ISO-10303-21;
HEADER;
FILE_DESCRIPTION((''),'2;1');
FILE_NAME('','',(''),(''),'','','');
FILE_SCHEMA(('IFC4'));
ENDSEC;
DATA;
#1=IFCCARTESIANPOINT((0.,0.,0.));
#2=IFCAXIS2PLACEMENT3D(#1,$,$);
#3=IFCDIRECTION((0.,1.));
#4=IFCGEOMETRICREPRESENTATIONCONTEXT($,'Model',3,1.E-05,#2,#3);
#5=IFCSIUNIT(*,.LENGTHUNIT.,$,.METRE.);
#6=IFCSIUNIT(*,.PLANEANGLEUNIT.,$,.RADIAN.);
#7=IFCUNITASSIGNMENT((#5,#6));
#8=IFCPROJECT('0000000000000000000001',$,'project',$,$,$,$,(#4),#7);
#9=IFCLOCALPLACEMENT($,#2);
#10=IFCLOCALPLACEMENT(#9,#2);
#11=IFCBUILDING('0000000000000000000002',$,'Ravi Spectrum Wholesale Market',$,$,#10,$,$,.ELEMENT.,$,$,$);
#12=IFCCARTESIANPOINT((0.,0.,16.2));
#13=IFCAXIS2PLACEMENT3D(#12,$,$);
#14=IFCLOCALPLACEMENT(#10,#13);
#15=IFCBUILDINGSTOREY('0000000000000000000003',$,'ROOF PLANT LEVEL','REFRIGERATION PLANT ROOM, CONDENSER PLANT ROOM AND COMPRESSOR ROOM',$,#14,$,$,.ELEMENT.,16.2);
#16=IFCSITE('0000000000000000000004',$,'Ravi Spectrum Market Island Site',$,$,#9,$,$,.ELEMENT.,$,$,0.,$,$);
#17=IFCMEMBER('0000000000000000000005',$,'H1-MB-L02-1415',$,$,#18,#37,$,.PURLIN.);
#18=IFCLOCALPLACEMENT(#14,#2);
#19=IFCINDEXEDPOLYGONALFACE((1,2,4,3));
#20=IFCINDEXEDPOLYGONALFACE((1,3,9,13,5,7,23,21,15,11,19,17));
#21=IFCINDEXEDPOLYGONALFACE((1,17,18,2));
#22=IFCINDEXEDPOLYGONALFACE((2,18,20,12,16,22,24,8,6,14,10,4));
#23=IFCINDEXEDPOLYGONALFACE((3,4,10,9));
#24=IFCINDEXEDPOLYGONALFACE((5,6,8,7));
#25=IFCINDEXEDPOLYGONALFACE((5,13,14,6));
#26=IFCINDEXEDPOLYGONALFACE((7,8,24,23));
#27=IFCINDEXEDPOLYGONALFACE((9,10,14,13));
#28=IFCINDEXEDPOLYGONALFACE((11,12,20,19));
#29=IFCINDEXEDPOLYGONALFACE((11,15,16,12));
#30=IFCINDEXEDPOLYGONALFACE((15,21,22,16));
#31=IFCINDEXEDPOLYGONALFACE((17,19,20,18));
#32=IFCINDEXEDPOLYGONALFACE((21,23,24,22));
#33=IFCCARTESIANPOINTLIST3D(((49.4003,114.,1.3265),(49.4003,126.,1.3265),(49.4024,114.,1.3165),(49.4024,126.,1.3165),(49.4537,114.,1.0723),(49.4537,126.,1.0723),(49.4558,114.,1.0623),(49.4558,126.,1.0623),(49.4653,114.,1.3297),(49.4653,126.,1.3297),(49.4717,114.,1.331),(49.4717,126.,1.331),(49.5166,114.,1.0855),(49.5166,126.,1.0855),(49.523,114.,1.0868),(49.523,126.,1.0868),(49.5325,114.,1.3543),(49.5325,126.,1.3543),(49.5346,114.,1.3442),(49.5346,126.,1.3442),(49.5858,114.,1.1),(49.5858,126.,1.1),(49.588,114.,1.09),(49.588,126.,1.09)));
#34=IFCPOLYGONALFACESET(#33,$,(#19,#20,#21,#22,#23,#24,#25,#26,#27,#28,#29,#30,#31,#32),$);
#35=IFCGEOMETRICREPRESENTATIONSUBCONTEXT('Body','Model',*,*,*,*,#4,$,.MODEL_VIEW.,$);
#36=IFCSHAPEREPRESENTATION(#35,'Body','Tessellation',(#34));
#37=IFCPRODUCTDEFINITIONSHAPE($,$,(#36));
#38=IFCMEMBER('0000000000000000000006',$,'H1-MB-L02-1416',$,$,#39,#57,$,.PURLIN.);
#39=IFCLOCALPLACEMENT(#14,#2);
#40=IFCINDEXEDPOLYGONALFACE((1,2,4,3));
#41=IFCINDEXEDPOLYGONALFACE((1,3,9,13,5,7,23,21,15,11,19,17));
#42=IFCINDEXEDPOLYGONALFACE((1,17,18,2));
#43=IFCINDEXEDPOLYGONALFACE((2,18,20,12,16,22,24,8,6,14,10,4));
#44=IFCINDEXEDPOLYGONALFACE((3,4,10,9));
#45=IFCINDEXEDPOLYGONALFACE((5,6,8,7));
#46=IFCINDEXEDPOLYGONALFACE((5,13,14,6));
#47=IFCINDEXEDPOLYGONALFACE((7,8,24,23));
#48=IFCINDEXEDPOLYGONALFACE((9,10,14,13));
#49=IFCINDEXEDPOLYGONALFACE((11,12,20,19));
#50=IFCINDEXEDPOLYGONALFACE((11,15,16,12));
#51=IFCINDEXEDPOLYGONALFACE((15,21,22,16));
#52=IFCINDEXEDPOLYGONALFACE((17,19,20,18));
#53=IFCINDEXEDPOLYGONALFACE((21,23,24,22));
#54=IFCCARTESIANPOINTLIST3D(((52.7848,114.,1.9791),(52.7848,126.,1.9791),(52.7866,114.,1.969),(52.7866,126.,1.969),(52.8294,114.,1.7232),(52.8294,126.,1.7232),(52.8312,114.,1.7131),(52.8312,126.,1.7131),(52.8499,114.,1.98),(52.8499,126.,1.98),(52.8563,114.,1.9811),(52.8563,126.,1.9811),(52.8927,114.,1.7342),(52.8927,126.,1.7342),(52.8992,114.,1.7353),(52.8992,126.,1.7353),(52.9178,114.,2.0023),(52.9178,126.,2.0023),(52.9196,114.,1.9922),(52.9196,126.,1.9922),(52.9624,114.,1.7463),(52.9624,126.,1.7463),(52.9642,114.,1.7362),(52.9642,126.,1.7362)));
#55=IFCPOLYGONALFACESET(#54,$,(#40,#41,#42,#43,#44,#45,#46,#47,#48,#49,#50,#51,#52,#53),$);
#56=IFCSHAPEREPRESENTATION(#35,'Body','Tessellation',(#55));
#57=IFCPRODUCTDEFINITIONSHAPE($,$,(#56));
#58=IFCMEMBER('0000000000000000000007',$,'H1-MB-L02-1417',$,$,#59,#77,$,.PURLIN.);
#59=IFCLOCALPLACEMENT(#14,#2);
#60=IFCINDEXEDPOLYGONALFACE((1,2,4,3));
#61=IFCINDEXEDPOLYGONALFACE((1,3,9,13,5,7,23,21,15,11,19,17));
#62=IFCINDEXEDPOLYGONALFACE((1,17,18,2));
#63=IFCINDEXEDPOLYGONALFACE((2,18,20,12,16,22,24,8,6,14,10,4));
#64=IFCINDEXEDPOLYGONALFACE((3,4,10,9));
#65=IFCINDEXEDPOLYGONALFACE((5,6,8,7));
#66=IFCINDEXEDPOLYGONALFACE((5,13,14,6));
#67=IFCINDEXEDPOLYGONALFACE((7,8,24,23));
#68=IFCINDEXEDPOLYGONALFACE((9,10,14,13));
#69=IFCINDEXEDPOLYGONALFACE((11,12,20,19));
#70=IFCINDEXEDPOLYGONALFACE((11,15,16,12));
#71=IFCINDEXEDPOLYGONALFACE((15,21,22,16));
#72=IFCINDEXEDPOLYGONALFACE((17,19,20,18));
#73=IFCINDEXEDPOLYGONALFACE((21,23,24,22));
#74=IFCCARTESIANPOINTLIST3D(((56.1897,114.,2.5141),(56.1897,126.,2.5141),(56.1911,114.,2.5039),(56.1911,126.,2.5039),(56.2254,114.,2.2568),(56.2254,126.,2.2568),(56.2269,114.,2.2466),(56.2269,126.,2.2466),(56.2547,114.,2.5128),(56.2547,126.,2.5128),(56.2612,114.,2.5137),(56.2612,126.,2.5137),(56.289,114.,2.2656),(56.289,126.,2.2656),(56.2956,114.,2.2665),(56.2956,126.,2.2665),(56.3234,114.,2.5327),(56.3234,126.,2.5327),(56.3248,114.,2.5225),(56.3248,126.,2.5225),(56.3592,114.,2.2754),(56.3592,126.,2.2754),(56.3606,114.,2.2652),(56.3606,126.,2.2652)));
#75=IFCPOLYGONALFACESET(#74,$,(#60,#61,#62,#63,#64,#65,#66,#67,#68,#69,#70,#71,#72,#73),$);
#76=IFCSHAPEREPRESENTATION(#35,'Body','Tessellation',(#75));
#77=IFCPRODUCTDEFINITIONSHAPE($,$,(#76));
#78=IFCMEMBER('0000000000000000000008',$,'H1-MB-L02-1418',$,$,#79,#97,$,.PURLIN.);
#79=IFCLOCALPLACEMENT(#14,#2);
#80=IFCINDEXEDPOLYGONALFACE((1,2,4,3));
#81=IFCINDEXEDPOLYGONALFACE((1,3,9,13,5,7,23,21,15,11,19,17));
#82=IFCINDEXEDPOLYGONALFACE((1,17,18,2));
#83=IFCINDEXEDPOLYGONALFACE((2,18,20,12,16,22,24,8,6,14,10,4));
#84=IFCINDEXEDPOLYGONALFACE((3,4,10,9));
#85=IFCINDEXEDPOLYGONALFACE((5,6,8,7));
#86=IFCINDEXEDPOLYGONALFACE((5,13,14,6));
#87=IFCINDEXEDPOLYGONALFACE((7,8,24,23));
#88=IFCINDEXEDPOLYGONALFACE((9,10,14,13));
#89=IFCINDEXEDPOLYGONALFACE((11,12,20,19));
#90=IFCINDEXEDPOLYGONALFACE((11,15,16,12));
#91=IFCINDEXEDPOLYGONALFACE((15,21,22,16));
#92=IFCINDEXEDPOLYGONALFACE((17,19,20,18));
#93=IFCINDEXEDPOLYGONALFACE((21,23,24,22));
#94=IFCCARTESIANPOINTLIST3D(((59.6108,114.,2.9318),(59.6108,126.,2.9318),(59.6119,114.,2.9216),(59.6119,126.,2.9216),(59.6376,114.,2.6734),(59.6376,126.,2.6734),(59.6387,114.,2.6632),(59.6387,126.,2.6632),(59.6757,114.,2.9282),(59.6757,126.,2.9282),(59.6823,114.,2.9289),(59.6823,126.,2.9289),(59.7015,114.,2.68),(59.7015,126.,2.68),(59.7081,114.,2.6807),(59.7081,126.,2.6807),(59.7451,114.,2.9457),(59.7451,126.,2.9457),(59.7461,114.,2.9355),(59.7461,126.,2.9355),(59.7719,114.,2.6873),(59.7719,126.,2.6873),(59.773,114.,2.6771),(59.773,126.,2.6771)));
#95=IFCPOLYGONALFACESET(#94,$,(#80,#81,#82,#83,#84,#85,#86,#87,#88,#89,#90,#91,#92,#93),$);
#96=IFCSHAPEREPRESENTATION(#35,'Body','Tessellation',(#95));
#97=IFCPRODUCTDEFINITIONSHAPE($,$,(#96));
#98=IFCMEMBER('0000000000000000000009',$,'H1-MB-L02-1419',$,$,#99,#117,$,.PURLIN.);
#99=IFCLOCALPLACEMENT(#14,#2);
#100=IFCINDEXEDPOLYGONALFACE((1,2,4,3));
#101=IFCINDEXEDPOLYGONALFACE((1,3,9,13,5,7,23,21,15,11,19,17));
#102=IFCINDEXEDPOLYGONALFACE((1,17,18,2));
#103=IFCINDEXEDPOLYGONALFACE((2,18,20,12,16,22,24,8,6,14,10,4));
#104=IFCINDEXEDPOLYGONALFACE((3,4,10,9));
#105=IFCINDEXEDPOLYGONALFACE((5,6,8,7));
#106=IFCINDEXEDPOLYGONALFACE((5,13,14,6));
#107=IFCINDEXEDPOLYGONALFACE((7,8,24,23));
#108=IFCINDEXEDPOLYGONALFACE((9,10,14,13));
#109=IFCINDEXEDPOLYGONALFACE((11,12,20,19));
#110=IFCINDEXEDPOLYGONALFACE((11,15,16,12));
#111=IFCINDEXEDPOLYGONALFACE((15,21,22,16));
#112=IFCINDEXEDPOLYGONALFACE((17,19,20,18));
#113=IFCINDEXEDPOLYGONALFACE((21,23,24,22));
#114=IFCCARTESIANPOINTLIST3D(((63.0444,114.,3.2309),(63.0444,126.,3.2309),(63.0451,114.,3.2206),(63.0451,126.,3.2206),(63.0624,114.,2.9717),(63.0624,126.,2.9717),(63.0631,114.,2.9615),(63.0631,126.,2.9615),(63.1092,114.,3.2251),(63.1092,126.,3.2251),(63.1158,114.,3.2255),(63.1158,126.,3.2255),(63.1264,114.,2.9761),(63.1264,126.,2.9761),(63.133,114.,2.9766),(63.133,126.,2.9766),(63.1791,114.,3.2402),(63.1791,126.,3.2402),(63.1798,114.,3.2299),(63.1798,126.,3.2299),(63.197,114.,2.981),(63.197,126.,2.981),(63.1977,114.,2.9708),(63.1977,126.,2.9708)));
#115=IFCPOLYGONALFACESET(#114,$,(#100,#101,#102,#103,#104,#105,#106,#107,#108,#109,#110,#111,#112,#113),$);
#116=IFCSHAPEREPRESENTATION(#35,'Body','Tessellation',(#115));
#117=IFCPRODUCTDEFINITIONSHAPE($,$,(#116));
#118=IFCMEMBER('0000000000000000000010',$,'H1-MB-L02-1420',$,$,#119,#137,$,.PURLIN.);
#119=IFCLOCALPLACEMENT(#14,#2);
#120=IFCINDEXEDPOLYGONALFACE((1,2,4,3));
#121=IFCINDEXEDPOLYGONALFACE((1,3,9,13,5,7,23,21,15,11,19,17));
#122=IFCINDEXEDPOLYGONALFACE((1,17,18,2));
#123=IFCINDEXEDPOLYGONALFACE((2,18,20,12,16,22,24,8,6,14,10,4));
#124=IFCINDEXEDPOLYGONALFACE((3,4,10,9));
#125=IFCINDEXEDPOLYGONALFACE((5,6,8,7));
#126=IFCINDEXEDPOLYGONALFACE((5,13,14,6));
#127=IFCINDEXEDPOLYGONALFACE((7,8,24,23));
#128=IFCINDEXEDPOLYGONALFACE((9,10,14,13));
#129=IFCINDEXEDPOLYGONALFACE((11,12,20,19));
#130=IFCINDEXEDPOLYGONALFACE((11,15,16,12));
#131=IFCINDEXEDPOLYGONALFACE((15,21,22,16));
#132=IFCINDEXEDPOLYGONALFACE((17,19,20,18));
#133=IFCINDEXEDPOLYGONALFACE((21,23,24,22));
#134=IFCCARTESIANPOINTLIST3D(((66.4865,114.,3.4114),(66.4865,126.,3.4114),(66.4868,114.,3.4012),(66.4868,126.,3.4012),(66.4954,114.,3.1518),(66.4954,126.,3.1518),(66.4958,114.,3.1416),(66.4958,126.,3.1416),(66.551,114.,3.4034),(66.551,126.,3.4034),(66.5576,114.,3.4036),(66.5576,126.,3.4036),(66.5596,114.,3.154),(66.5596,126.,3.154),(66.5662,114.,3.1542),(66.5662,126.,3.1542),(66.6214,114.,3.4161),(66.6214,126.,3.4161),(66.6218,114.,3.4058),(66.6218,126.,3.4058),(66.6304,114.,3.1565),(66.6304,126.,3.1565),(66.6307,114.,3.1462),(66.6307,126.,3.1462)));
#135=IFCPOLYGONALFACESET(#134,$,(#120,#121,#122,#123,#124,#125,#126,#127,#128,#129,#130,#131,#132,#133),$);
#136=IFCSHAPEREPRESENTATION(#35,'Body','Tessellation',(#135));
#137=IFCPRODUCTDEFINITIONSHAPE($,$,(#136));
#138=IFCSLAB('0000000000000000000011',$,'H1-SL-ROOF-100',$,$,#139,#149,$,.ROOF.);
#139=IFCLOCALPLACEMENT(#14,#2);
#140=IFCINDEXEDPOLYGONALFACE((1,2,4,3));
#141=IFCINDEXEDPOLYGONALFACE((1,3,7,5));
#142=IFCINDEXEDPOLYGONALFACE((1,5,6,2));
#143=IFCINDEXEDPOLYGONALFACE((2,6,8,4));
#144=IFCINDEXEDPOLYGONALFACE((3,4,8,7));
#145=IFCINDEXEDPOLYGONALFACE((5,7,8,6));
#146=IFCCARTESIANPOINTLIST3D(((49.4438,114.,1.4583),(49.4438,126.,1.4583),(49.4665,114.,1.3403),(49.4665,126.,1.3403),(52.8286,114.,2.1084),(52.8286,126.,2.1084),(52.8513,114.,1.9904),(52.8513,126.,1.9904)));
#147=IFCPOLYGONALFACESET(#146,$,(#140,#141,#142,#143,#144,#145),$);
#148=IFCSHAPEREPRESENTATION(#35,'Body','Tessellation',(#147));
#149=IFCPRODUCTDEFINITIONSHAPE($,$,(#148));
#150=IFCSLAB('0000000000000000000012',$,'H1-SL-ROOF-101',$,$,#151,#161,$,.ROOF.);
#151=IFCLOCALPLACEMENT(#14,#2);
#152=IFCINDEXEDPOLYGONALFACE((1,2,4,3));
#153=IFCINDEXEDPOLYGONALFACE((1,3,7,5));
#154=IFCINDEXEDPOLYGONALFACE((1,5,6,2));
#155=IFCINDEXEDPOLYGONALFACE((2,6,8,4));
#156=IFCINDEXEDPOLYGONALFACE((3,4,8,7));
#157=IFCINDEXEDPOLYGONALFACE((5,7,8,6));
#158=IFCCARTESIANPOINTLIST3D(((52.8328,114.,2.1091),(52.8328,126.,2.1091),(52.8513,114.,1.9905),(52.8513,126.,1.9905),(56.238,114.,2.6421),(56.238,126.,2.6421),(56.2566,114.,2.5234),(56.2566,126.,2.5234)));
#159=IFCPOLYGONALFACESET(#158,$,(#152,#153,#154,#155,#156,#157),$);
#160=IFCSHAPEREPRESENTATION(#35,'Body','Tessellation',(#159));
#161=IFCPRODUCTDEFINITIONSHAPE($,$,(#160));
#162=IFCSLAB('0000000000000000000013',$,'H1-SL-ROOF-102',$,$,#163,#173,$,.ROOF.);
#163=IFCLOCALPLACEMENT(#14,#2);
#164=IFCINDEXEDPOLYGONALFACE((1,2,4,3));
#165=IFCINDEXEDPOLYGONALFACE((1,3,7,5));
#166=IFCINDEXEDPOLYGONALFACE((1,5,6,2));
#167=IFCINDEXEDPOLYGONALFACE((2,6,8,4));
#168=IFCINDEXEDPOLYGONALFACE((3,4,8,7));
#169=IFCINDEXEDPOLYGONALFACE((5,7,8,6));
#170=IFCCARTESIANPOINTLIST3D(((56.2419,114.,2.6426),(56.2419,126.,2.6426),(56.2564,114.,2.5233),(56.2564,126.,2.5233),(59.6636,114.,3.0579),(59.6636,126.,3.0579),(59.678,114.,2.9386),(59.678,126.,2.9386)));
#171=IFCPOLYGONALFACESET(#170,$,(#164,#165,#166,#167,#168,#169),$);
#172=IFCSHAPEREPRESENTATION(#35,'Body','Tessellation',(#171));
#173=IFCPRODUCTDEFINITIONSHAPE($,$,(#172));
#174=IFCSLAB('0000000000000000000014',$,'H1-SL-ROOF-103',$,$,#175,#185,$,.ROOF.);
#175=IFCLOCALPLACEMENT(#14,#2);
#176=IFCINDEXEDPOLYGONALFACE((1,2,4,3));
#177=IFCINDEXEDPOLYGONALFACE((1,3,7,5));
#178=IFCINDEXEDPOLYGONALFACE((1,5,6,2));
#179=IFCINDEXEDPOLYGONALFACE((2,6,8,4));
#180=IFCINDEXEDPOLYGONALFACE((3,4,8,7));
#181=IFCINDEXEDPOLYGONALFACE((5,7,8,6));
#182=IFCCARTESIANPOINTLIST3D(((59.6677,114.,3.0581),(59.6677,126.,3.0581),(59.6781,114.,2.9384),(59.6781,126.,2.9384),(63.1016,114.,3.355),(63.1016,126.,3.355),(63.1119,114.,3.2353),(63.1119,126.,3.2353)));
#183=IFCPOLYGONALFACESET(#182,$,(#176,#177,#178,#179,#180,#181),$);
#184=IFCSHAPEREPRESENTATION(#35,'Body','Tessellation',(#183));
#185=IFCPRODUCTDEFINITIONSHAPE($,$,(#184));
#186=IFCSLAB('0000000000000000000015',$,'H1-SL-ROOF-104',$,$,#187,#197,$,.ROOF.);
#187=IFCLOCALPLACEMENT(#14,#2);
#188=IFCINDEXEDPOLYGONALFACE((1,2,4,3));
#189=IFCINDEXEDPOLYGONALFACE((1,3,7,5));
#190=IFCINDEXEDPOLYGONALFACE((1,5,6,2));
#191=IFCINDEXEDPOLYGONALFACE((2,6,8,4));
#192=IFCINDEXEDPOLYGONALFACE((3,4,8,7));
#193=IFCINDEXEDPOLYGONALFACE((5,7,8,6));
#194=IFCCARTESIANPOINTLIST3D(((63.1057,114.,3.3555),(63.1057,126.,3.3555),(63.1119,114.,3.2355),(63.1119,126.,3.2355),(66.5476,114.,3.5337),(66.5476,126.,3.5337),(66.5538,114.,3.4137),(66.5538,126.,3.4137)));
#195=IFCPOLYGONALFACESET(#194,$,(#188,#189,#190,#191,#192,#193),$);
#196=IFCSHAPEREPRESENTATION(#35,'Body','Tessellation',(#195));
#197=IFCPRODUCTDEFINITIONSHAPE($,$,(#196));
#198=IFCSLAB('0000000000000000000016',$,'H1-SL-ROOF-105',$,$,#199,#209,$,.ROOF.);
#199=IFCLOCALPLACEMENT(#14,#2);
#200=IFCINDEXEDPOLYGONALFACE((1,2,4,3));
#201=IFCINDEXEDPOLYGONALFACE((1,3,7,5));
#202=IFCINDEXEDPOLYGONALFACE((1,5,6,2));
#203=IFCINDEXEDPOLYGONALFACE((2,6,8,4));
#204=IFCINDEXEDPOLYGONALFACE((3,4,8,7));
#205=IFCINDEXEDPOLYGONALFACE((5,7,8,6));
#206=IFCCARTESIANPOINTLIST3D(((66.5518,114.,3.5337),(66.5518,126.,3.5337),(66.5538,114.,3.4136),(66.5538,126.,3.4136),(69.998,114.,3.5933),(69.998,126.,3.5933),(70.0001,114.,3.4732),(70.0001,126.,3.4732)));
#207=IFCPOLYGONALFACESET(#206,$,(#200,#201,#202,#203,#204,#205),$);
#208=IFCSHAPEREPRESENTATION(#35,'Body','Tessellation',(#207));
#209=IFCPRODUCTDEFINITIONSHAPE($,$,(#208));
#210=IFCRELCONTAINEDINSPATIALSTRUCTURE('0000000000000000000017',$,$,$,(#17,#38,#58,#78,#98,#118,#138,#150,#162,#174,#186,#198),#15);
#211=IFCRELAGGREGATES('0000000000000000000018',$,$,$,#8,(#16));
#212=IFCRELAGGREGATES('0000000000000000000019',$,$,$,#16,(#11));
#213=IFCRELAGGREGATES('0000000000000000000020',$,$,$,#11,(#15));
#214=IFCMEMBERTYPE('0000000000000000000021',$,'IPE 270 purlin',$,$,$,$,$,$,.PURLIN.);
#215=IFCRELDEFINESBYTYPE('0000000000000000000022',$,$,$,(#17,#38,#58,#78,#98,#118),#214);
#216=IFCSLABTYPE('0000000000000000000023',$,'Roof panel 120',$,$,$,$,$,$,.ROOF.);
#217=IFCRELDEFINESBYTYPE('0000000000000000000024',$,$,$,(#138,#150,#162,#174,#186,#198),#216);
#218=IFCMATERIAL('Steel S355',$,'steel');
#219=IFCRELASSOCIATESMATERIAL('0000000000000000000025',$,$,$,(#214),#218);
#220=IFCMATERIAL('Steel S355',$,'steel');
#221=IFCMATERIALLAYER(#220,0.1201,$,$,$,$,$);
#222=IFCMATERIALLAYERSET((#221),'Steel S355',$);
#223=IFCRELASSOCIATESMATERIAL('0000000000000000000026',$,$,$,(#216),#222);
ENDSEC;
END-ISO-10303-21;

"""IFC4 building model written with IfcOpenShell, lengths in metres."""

from ifc_helpers import new_model, si_unit, direction, frame, origin, origin_2d, place, context, subcontext, project, spatial, polyline, i_section, outline, extrude, material, layer, layer_set, material_profile, profile_set, type_object, element, save


model = new_model("IFC4")

# Units and contexts
model_context = context("Model", 3, precision=1e-05, world=origin(), true_north=direction((0.0, 1.0)))
body_context = subcontext(model_context, "Body", "Model", "MODEL_VIEW")
ifc_project = project(units=[si_unit("LENGTHUNIT", "METRE"), si_unit("PLANEANGLEUNIT", "RADIAN")], contexts=[model_context])

# Site, building, storey
site_placement = place(None, origin())
site = spatial("IfcSite", under=ifc_project, at=site_placement, Name="Ravi Spectrum Market Island Site", CompositionType="ELEMENT", RefElevation=0.0)
building_placement = place(site_placement, origin())
building = spatial("IfcBuilding", under=site, at=building_placement, Name="Ravi Spectrum Wholesale Market", CompositionType="ELEMENT")
storey_placement = place(building_placement, frame((0.0, 0.0, 16.2)))
storey = spatial("IfcBuildingStorey", under=building, at=storey_placement, Name="ROOF PLANT LEVEL", Description="REFRIGERATION PLANT ROOM, CONDENSER PLANT ROOM AND COMPRESSOR ROOM", CompositionType="ELEMENT", Elevation=16.2)

# Members
ifc_material_1 = material(Name="Steel S355", Category="steel")
ifc_material_profile_1 = material_profile(ifc_material_1, i_section(OverallWidth=0.135, OverallDepth=0.27, WebThickness=0.0066, FlangeThickness=0.0103, at=origin_2d()))
ifc_profile_set_1 = profile_set([ifc_material_profile_1], Name="Steel S355")
member_type_1 = type_object("IfcMemberType", Name="IPE 270 purlin", PredefinedType="PURLIN", material=ifc_profile_set_1)
for number, where, z_axis, x_axis, name in (
    (1, (49.4941, 114.0, 1.2083), (0.0, 1.0, 0.0), (-0.978653, 0.0, -0.205517), "H1-MB-L02-1415"),
    (2, (52.8745, 114.0, 1.8577), (0.0, 1.0, 0.0), (-0.98516, 0.0, -0.171639), "H1-MB-L02-1416"),
    (3, (56.2751, 114.0, 2.3896), (0.0, 1.0, 0.0), (-0.990494, 0.0, -0.137557), "H1-MB-L02-1417"),
    (4, (59.6919, 114.0, 2.8044), (0.0, 1.0, 0.0), (-0.994649, 0.0, -0.103311), "H1-MB-L02-1418"),
    (5, (63.1211, 114.0, 3.1008), (0.0, 1.0, 0.0), (-0.997621, 0.0, -0.068943), "H1-MB-L02-1419"),
    (6, (66.5586, 114.0, 3.2788), (0.0, 1.0, 0.0), (-0.999405, 0.0, -0.034492), "H1-MB-L02-1420"),
):
    element("IfcMember", number, at=place(storey_placement, frame(where, z_axis=z_axis, x_axis=x_axis)), inside=storey, type_object=member_type_1, Name=name, PredefinedType="PURLIN", context=body_context, shape_type="SweptSolid", body=[
        extrude(i_section(OverallWidth=0.135, OverallDepth=0.27, WebThickness=0.0066, FlangeThickness=0.0103, at=origin_2d()), origin(), (0.0, 0.0, 1.0), 12.0),
    ])

# Slabs
ifc_material_2 = material(Name="Steel S355", Category="steel")
ifc_layer_1 = layer(ifc_material_2, 0.1201)
ifc_layer_set_1 = layer_set([ifc_layer_1], Name="Steel S355")
slab_type = type_object("IfcSlabType", Name="Roof panel 120", PredefinedType="ROOF", material=ifc_layer_set_1)
slab_1_placement = place(storey_placement, frame((49.4438, 114.0, 1.4583), z_axis=(-0.188632, 0.0, 0.982048), x_axis=(0.982048, 0.0, 0.188632)))
element("IfcSlab", 7, at=slab_1_placement, inside=storey, type_object=slab_type, Name="H1-SL-ROOF-100", PredefinedType="ROOF", context=body_context, shape_type="SweptSolid", body=[
    extrude(outline(polyline([(0.0, 0.0), (3.4466, 0.0), (3.4466, 12.0), (0.0, 12.0), (0.0, 0.0)])), origin(), (0.0, 0.0, -1.0), 0.1201),
])
slab_2_placement = place(storey_placement, frame((52.8328, 114.0, 2.1091), z_axis=(-0.154628, 0.0, 0.987973), x_axis=(0.987973, 0.0, 0.154628)))
element("IfcSlab", 8, at=slab_2_placement, inside=storey, type_object=slab_type, Name="H1-SL-ROOF-101", PredefinedType="ROOF", context=body_context, shape_type="SweptSolid", body=[
    extrude(outline(polyline([(0.0, 0.0), (3.4467, 0.0), (3.4467, 12.0), (0.0, 12.0), (0.0, 0.0)])), origin(), (0.0, 0.0, -1.0), 0.1201),
])
slab_3_placement = place(storey_placement, frame((56.2419, 114.0, 2.6426), z_axis=(-0.120486, 0.0, 0.992715), x_axis=(0.992715, 0.0, 0.120486)))
element("IfcSlab", 9, at=slab_3_placement, inside=storey, type_object=slab_type, Name="H1-SL-ROOF-102", PredefinedType="ROOF", context=body_context, shape_type="SweptSolid", body=[
    extrude(outline(polyline([(0.0, 0.0), (3.4467, 0.0), (3.4467, 12.0), (0.0, 12.0), (0.0, 0.0)])), origin(), (0.0, 0.0, -1.0), 0.1201),
])
slab_4_placement = place(storey_placement, frame((59.6677, 114.0, 3.0581), z_axis=(-0.086134, 0.0, 0.996284), x_axis=(0.996284, 0.0, 0.086134)))
element("IfcSlab", 10, at=slab_4_placement, inside=storey, type_object=slab_type, Name="H1-SL-ROOF-103", PredefinedType="ROOF", context=body_context, shape_type="SweptSolid", body=[
    extrude(outline(polyline([(0.0, 0.0), (3.4466, 0.0), (3.4466, 12.0), (0.0, 12.0), (0.0, 0.0)])), origin(), (0.0, 0.0, -1.0), 0.1201),
])
slab_5_placement = place(storey_placement, frame((63.1057, 114.0, 3.3555), z_axis=(-0.051711, 0.0, 0.998662), x_axis=(0.998662, 0.0, 0.051711)))
element("IfcSlab", 11, at=slab_5_placement, inside=storey, type_object=slab_type, Name="H1-SL-ROOF-104", PredefinedType="ROOF", context=body_context, shape_type="SweptSolid", body=[
    extrude(outline(polyline([(0.0, 0.0), (3.4465, 0.0), (3.4465, 12.0), (0.0, 12.0), (0.0, 0.0)])), origin(), (0.0, 0.0, -1.0), 0.1201),
])
slab_6_placement = place(storey_placement, frame((66.5518, 114.0, 3.5337), z_axis=(-0.017283, 0.0, 0.999851), x_axis=(0.999851, 0.0, 0.017283)))
element("IfcSlab", 12, at=slab_6_placement, inside=storey, type_object=slab_type, Name="H1-SL-ROOF-105", PredefinedType="ROOF", context=body_context, shape_type="SweptSolid", body=[
    extrude(outline(polyline([(0.0, 0.0), (3.4468, 0.0), (3.4468, 12.0), (0.0, 12.0), (0.0, 0.0)])), origin(), (0.0, 0.0, -1.0), 0.1201),
])

save(model, "model.ifc")
